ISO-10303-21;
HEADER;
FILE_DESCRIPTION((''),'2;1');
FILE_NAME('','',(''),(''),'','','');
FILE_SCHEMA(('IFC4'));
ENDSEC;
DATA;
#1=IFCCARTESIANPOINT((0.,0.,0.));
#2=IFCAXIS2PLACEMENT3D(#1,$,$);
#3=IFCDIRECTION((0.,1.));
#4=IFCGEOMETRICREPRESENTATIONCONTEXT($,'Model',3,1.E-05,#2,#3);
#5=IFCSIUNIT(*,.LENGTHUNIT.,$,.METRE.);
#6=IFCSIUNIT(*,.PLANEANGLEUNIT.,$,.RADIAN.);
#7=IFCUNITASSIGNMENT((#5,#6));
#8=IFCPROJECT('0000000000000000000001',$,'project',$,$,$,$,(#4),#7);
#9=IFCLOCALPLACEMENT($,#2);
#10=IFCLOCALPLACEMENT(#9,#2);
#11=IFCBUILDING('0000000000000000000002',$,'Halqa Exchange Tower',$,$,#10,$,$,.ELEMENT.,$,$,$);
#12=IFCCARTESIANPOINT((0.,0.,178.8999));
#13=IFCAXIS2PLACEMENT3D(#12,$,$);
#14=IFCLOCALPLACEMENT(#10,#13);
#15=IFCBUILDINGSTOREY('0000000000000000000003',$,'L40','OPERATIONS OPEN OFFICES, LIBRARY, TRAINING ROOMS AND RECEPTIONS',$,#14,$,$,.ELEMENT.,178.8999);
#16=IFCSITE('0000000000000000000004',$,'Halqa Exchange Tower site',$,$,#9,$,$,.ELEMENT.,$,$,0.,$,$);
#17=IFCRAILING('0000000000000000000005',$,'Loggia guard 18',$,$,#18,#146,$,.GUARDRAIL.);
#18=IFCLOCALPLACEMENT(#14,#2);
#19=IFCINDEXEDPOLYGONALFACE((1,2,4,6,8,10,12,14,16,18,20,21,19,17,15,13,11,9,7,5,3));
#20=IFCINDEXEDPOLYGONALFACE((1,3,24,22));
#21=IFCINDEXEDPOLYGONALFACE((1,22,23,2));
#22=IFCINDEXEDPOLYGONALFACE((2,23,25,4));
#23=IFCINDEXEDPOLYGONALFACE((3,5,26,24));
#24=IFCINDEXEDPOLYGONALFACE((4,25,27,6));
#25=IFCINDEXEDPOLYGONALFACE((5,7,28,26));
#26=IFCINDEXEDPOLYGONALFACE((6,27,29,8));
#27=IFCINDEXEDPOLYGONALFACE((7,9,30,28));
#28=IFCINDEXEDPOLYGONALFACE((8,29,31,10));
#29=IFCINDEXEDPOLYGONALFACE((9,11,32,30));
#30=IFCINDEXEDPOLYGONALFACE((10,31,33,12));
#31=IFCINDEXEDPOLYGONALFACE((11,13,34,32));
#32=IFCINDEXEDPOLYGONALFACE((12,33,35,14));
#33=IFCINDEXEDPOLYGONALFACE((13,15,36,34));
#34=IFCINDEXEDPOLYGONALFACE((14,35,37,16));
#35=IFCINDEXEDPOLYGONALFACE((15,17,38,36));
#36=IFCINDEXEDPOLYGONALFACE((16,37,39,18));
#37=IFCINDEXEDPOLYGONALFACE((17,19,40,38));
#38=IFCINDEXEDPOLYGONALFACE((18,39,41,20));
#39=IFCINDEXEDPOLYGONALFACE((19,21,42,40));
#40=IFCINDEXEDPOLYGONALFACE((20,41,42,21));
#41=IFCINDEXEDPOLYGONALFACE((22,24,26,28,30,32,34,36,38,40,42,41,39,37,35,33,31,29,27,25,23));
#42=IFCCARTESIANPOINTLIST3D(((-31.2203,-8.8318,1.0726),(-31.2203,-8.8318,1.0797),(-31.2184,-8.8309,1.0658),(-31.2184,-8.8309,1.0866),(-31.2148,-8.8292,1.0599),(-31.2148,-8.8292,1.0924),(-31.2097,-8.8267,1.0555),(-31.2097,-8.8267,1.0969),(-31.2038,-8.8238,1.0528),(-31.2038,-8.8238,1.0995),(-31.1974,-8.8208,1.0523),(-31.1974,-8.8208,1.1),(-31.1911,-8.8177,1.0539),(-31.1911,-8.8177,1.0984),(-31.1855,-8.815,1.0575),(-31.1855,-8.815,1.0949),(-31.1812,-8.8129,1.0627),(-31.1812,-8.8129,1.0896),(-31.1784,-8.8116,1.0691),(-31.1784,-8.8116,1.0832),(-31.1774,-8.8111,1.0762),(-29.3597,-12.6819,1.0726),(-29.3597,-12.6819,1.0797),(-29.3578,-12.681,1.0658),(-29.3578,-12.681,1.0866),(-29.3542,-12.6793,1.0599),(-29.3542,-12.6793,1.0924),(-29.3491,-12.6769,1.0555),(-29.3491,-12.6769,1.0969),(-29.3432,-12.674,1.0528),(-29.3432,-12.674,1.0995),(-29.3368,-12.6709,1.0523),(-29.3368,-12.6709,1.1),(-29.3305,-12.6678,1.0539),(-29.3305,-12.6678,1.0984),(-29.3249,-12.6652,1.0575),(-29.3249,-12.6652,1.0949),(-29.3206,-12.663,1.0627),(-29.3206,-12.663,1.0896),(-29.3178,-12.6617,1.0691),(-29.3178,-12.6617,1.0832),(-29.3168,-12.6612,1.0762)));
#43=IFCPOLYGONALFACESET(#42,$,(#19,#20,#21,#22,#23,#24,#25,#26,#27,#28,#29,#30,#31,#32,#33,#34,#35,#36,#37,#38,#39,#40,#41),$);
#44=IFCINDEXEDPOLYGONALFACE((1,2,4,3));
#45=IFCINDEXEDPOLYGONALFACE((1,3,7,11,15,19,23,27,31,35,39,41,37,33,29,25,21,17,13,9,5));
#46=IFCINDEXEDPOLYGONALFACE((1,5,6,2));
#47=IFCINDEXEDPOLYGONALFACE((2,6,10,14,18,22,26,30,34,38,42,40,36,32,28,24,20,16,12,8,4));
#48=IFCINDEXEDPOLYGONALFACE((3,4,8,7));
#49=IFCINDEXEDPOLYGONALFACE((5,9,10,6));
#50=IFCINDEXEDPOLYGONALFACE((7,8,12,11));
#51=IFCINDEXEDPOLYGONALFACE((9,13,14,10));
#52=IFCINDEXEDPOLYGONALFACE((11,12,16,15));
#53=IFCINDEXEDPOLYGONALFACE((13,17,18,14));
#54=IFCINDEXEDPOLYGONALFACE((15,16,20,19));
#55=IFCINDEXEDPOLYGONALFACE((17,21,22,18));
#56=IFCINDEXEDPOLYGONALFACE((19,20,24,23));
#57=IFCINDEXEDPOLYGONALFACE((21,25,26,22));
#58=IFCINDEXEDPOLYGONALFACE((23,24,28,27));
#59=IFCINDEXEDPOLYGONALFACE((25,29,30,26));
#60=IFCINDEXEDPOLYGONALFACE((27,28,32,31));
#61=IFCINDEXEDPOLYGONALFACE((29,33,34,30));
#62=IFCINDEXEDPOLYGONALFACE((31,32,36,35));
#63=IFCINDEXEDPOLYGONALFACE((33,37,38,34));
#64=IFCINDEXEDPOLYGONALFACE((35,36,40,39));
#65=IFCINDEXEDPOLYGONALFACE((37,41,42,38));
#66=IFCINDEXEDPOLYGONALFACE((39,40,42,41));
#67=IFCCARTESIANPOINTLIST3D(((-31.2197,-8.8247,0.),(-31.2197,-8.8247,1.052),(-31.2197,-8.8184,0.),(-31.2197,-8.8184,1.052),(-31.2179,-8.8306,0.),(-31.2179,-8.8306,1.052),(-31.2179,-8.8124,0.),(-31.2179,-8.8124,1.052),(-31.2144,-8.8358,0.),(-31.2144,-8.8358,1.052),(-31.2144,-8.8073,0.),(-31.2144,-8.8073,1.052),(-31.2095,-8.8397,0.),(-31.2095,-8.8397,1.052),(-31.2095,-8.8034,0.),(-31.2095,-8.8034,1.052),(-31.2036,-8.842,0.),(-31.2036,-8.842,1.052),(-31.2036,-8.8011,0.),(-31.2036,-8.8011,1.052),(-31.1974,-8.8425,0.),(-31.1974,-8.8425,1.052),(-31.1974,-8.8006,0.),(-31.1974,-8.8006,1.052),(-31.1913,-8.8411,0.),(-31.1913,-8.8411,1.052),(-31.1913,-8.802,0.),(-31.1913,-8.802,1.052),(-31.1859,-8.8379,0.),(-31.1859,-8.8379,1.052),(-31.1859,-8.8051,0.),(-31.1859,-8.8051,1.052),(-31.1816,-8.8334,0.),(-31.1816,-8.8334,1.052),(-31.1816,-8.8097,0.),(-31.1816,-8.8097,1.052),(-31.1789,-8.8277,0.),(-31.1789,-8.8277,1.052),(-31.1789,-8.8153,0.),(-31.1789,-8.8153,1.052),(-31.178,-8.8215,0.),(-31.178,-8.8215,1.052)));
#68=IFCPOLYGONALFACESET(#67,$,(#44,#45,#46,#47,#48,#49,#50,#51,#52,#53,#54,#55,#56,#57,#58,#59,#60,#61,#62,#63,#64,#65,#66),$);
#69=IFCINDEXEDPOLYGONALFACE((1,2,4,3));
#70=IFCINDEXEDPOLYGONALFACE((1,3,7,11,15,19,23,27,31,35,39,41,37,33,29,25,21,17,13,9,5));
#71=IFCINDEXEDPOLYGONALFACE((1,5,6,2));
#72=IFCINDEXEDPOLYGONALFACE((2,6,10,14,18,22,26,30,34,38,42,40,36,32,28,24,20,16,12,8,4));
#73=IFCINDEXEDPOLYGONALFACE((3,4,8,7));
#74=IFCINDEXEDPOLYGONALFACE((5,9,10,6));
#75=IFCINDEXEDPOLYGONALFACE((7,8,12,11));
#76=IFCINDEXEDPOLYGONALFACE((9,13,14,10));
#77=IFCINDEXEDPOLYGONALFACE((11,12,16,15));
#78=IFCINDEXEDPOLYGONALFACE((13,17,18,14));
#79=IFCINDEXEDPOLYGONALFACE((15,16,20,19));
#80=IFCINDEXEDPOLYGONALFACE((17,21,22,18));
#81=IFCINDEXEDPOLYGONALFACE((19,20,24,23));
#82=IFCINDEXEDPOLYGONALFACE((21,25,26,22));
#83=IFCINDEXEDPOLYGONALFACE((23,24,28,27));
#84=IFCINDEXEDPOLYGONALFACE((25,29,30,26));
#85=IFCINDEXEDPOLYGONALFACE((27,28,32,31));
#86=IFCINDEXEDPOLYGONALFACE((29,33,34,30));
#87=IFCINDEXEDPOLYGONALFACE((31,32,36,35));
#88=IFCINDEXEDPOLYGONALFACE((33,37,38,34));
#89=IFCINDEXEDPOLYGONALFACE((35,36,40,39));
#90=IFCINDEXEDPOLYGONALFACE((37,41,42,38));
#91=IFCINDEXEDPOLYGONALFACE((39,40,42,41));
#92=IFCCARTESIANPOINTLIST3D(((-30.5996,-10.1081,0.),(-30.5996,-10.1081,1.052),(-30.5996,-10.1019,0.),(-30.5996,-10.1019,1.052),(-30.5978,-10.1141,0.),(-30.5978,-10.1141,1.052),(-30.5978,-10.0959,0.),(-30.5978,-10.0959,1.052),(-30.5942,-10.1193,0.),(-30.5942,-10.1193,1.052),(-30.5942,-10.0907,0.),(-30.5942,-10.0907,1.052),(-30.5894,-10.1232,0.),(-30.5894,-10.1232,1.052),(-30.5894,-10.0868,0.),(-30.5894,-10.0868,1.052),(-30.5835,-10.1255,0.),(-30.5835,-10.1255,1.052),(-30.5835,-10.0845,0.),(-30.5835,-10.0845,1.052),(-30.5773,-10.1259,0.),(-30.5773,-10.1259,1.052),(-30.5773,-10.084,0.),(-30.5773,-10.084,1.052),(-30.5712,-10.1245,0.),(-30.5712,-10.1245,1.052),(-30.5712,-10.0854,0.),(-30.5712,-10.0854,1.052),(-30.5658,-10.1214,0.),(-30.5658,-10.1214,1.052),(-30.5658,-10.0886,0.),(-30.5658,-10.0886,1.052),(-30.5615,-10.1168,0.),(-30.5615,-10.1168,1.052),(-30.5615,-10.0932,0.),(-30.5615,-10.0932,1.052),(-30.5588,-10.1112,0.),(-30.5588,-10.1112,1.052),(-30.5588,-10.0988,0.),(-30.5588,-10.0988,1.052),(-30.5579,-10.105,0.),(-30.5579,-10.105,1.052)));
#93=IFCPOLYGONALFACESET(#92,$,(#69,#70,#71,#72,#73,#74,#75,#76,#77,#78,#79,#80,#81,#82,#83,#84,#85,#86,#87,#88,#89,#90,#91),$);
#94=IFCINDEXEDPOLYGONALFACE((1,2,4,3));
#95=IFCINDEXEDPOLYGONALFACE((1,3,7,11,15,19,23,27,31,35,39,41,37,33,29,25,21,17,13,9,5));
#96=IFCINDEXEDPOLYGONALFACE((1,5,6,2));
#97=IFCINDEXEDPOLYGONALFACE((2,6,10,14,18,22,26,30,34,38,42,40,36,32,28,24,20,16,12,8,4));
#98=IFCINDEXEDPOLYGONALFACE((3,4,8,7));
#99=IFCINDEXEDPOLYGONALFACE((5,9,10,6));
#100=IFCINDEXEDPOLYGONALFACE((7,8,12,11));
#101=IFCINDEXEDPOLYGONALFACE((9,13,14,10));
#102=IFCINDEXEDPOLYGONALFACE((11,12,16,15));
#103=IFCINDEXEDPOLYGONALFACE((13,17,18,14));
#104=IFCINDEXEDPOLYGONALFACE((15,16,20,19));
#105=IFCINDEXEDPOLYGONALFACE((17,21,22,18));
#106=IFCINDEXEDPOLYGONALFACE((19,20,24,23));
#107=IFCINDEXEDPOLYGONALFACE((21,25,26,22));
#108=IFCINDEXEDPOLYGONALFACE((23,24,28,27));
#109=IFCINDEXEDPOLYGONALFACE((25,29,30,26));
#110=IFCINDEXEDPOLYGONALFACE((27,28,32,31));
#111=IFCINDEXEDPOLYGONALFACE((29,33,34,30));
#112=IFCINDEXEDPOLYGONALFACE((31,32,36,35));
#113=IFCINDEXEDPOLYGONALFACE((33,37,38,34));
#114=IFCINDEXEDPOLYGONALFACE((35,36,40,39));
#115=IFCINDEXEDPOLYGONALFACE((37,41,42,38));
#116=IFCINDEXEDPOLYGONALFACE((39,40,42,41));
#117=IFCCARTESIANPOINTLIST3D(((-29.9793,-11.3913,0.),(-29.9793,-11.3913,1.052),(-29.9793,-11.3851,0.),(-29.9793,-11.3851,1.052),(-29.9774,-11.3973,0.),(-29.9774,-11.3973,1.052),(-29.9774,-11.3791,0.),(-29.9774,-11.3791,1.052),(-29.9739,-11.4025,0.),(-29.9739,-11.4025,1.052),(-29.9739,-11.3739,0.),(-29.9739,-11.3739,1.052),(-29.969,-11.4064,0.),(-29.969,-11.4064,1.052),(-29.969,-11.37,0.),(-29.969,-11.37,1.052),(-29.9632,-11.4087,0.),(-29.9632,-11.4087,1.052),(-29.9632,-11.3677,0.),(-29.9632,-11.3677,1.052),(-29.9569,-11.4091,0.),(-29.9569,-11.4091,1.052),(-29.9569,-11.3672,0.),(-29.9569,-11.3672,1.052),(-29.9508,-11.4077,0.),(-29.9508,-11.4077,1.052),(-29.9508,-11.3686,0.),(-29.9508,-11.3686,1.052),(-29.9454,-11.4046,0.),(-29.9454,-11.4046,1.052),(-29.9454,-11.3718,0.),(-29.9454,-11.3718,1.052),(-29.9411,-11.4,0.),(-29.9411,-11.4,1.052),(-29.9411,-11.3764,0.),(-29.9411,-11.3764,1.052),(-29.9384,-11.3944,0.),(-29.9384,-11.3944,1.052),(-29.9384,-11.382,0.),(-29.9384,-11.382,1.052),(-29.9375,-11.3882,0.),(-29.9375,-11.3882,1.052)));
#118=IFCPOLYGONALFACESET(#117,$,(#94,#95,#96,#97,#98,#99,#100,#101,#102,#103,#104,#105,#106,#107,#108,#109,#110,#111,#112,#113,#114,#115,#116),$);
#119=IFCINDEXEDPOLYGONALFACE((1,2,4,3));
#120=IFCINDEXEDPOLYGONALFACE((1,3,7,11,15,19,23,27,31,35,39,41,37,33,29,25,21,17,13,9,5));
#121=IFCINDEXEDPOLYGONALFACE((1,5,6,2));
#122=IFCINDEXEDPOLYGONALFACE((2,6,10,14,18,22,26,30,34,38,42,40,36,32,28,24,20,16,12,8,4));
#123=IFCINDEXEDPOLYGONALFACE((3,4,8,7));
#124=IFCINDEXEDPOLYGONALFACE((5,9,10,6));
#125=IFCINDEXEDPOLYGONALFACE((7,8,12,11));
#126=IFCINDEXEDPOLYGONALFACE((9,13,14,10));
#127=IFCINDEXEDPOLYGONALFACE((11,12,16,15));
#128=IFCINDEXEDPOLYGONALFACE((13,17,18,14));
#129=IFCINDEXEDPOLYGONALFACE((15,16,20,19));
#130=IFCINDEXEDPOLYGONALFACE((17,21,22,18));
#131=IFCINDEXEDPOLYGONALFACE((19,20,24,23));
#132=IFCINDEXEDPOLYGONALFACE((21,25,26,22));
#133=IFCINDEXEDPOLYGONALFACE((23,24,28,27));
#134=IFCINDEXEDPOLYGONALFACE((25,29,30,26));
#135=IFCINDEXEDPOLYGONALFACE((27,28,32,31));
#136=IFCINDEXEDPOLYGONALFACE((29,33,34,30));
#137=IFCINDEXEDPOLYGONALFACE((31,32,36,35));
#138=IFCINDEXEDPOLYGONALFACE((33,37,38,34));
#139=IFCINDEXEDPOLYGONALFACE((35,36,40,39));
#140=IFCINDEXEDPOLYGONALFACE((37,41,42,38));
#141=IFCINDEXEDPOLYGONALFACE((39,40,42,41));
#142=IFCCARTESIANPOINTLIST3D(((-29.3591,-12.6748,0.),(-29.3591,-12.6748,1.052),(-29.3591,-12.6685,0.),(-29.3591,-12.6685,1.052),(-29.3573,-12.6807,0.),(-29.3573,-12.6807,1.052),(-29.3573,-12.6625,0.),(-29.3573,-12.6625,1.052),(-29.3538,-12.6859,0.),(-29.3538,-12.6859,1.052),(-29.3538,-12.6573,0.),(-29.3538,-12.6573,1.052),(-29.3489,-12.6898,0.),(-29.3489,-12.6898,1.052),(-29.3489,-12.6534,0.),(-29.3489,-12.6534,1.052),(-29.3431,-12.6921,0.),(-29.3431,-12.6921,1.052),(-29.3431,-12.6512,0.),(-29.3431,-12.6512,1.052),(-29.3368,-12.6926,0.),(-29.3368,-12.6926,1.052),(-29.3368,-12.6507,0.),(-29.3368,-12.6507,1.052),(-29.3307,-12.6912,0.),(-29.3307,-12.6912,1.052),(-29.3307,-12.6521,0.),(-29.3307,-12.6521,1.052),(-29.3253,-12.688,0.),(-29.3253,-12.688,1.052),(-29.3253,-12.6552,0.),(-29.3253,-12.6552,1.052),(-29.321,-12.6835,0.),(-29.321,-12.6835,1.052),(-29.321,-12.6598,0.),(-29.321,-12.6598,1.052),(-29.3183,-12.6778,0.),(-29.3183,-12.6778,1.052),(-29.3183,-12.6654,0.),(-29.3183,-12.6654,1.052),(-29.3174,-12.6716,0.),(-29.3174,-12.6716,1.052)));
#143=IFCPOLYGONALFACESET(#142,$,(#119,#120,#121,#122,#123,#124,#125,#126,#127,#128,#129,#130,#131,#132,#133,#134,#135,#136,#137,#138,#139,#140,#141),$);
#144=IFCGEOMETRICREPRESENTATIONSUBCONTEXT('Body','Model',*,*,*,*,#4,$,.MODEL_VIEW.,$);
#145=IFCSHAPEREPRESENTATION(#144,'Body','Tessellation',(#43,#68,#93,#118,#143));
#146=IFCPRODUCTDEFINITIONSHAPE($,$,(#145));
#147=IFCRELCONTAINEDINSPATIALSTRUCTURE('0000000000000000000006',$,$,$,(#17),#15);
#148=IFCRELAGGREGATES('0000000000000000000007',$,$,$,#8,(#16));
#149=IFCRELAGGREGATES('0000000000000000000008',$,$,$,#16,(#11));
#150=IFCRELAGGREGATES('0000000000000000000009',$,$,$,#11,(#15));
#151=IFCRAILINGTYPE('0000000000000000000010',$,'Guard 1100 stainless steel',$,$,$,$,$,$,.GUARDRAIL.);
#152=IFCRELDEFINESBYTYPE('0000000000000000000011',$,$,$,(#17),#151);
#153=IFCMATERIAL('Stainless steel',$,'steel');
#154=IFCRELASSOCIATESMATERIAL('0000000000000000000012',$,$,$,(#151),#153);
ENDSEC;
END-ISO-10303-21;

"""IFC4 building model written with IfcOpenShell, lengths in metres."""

from ifc_helpers import new_model, si_unit, direction, frame, origin, origin_2d, place, context, subcontext, project, spatial, circle, extrude, material, type_object, element, save


model = new_model("IFC4")

# Units and contexts
model_context = context("Model", 3, precision=1e-05, world=origin(), true_north=direction((0.0, 1.0)))
body_context = subcontext(model_context, "Body", "Model", "MODEL_VIEW")
ifc_project = project(units=[si_unit("LENGTHUNIT", "METRE"), si_unit("PLANEANGLEUNIT", "RADIAN")], contexts=[model_context])

# Site, building, storey
site_placement = place(None, origin())
site = spatial("IfcSite", under=ifc_project, at=site_placement, Name="Halqa Exchange Tower site", CompositionType="ELEMENT", RefElevation=0.0)
building_placement = place(site_placement, origin())
building = spatial("IfcBuilding", under=site, at=building_placement, Name="Halqa Exchange Tower", CompositionType="ELEMENT")
storey_placement = place(building_placement, frame((0.0, 0.0, 178.8999)))
storey = spatial("IfcBuildingStorey", under=building, at=storey_placement, Name="L40", Description="OPERATIONS OPEN OFFICES, LIBRARY, TRAINING ROOMS AND RECEPTIONS", CompositionType="ELEMENT", Elevation=178.8999)

# Railing
ifc_material_1 = material(Name="Stainless steel", Category="steel")
railing_type = type_object("IfcRailingType", Name="Guard 1100 stainless steel", PredefinedType="GUARDRAIL", material=ifc_material_1)
railing_1_placement = place(storey_placement, frame((-31.199, -8.8215, 0.0)))
element("IfcRailing", 1, at=railing_1_placement, inside=storey, type_object=railing_type, Name="Loggia guard 18", PredefinedType="GUARDRAIL", context=body_context, shape_type="SweptSolid", body=[
    extrude(circle(Radius=0.0239, at=origin_2d()), frame((0.0, 0.0, 1.0762), z_axis=(0.435115, -0.900375, 0.0), x_axis=(0.900375, 0.435115, 0.0)), (0.0, 0.0, 1.0), 4.2761),
    extrude(circle(Radius=0.021, at=origin_2d()), origin(), (0.0, 0.0, 1.0), 1.052),
    extrude(circle(Radius=0.021, at=origin_2d()), frame((0.6201, -1.2834, 0.0)), (0.0, 0.0, 1.0), 1.052),
    extrude(circle(Radius=0.021, at=origin_2d()), frame((1.2405, -2.5667, 0.0)), (0.0, 0.0, 1.0), 1.052),
    extrude(circle(Radius=0.021, at=origin_2d()), frame((1.8606, -3.8501, 0.0)), (0.0, 0.0, 1.0), 1.052),
])

save(model, "model.ifc")
